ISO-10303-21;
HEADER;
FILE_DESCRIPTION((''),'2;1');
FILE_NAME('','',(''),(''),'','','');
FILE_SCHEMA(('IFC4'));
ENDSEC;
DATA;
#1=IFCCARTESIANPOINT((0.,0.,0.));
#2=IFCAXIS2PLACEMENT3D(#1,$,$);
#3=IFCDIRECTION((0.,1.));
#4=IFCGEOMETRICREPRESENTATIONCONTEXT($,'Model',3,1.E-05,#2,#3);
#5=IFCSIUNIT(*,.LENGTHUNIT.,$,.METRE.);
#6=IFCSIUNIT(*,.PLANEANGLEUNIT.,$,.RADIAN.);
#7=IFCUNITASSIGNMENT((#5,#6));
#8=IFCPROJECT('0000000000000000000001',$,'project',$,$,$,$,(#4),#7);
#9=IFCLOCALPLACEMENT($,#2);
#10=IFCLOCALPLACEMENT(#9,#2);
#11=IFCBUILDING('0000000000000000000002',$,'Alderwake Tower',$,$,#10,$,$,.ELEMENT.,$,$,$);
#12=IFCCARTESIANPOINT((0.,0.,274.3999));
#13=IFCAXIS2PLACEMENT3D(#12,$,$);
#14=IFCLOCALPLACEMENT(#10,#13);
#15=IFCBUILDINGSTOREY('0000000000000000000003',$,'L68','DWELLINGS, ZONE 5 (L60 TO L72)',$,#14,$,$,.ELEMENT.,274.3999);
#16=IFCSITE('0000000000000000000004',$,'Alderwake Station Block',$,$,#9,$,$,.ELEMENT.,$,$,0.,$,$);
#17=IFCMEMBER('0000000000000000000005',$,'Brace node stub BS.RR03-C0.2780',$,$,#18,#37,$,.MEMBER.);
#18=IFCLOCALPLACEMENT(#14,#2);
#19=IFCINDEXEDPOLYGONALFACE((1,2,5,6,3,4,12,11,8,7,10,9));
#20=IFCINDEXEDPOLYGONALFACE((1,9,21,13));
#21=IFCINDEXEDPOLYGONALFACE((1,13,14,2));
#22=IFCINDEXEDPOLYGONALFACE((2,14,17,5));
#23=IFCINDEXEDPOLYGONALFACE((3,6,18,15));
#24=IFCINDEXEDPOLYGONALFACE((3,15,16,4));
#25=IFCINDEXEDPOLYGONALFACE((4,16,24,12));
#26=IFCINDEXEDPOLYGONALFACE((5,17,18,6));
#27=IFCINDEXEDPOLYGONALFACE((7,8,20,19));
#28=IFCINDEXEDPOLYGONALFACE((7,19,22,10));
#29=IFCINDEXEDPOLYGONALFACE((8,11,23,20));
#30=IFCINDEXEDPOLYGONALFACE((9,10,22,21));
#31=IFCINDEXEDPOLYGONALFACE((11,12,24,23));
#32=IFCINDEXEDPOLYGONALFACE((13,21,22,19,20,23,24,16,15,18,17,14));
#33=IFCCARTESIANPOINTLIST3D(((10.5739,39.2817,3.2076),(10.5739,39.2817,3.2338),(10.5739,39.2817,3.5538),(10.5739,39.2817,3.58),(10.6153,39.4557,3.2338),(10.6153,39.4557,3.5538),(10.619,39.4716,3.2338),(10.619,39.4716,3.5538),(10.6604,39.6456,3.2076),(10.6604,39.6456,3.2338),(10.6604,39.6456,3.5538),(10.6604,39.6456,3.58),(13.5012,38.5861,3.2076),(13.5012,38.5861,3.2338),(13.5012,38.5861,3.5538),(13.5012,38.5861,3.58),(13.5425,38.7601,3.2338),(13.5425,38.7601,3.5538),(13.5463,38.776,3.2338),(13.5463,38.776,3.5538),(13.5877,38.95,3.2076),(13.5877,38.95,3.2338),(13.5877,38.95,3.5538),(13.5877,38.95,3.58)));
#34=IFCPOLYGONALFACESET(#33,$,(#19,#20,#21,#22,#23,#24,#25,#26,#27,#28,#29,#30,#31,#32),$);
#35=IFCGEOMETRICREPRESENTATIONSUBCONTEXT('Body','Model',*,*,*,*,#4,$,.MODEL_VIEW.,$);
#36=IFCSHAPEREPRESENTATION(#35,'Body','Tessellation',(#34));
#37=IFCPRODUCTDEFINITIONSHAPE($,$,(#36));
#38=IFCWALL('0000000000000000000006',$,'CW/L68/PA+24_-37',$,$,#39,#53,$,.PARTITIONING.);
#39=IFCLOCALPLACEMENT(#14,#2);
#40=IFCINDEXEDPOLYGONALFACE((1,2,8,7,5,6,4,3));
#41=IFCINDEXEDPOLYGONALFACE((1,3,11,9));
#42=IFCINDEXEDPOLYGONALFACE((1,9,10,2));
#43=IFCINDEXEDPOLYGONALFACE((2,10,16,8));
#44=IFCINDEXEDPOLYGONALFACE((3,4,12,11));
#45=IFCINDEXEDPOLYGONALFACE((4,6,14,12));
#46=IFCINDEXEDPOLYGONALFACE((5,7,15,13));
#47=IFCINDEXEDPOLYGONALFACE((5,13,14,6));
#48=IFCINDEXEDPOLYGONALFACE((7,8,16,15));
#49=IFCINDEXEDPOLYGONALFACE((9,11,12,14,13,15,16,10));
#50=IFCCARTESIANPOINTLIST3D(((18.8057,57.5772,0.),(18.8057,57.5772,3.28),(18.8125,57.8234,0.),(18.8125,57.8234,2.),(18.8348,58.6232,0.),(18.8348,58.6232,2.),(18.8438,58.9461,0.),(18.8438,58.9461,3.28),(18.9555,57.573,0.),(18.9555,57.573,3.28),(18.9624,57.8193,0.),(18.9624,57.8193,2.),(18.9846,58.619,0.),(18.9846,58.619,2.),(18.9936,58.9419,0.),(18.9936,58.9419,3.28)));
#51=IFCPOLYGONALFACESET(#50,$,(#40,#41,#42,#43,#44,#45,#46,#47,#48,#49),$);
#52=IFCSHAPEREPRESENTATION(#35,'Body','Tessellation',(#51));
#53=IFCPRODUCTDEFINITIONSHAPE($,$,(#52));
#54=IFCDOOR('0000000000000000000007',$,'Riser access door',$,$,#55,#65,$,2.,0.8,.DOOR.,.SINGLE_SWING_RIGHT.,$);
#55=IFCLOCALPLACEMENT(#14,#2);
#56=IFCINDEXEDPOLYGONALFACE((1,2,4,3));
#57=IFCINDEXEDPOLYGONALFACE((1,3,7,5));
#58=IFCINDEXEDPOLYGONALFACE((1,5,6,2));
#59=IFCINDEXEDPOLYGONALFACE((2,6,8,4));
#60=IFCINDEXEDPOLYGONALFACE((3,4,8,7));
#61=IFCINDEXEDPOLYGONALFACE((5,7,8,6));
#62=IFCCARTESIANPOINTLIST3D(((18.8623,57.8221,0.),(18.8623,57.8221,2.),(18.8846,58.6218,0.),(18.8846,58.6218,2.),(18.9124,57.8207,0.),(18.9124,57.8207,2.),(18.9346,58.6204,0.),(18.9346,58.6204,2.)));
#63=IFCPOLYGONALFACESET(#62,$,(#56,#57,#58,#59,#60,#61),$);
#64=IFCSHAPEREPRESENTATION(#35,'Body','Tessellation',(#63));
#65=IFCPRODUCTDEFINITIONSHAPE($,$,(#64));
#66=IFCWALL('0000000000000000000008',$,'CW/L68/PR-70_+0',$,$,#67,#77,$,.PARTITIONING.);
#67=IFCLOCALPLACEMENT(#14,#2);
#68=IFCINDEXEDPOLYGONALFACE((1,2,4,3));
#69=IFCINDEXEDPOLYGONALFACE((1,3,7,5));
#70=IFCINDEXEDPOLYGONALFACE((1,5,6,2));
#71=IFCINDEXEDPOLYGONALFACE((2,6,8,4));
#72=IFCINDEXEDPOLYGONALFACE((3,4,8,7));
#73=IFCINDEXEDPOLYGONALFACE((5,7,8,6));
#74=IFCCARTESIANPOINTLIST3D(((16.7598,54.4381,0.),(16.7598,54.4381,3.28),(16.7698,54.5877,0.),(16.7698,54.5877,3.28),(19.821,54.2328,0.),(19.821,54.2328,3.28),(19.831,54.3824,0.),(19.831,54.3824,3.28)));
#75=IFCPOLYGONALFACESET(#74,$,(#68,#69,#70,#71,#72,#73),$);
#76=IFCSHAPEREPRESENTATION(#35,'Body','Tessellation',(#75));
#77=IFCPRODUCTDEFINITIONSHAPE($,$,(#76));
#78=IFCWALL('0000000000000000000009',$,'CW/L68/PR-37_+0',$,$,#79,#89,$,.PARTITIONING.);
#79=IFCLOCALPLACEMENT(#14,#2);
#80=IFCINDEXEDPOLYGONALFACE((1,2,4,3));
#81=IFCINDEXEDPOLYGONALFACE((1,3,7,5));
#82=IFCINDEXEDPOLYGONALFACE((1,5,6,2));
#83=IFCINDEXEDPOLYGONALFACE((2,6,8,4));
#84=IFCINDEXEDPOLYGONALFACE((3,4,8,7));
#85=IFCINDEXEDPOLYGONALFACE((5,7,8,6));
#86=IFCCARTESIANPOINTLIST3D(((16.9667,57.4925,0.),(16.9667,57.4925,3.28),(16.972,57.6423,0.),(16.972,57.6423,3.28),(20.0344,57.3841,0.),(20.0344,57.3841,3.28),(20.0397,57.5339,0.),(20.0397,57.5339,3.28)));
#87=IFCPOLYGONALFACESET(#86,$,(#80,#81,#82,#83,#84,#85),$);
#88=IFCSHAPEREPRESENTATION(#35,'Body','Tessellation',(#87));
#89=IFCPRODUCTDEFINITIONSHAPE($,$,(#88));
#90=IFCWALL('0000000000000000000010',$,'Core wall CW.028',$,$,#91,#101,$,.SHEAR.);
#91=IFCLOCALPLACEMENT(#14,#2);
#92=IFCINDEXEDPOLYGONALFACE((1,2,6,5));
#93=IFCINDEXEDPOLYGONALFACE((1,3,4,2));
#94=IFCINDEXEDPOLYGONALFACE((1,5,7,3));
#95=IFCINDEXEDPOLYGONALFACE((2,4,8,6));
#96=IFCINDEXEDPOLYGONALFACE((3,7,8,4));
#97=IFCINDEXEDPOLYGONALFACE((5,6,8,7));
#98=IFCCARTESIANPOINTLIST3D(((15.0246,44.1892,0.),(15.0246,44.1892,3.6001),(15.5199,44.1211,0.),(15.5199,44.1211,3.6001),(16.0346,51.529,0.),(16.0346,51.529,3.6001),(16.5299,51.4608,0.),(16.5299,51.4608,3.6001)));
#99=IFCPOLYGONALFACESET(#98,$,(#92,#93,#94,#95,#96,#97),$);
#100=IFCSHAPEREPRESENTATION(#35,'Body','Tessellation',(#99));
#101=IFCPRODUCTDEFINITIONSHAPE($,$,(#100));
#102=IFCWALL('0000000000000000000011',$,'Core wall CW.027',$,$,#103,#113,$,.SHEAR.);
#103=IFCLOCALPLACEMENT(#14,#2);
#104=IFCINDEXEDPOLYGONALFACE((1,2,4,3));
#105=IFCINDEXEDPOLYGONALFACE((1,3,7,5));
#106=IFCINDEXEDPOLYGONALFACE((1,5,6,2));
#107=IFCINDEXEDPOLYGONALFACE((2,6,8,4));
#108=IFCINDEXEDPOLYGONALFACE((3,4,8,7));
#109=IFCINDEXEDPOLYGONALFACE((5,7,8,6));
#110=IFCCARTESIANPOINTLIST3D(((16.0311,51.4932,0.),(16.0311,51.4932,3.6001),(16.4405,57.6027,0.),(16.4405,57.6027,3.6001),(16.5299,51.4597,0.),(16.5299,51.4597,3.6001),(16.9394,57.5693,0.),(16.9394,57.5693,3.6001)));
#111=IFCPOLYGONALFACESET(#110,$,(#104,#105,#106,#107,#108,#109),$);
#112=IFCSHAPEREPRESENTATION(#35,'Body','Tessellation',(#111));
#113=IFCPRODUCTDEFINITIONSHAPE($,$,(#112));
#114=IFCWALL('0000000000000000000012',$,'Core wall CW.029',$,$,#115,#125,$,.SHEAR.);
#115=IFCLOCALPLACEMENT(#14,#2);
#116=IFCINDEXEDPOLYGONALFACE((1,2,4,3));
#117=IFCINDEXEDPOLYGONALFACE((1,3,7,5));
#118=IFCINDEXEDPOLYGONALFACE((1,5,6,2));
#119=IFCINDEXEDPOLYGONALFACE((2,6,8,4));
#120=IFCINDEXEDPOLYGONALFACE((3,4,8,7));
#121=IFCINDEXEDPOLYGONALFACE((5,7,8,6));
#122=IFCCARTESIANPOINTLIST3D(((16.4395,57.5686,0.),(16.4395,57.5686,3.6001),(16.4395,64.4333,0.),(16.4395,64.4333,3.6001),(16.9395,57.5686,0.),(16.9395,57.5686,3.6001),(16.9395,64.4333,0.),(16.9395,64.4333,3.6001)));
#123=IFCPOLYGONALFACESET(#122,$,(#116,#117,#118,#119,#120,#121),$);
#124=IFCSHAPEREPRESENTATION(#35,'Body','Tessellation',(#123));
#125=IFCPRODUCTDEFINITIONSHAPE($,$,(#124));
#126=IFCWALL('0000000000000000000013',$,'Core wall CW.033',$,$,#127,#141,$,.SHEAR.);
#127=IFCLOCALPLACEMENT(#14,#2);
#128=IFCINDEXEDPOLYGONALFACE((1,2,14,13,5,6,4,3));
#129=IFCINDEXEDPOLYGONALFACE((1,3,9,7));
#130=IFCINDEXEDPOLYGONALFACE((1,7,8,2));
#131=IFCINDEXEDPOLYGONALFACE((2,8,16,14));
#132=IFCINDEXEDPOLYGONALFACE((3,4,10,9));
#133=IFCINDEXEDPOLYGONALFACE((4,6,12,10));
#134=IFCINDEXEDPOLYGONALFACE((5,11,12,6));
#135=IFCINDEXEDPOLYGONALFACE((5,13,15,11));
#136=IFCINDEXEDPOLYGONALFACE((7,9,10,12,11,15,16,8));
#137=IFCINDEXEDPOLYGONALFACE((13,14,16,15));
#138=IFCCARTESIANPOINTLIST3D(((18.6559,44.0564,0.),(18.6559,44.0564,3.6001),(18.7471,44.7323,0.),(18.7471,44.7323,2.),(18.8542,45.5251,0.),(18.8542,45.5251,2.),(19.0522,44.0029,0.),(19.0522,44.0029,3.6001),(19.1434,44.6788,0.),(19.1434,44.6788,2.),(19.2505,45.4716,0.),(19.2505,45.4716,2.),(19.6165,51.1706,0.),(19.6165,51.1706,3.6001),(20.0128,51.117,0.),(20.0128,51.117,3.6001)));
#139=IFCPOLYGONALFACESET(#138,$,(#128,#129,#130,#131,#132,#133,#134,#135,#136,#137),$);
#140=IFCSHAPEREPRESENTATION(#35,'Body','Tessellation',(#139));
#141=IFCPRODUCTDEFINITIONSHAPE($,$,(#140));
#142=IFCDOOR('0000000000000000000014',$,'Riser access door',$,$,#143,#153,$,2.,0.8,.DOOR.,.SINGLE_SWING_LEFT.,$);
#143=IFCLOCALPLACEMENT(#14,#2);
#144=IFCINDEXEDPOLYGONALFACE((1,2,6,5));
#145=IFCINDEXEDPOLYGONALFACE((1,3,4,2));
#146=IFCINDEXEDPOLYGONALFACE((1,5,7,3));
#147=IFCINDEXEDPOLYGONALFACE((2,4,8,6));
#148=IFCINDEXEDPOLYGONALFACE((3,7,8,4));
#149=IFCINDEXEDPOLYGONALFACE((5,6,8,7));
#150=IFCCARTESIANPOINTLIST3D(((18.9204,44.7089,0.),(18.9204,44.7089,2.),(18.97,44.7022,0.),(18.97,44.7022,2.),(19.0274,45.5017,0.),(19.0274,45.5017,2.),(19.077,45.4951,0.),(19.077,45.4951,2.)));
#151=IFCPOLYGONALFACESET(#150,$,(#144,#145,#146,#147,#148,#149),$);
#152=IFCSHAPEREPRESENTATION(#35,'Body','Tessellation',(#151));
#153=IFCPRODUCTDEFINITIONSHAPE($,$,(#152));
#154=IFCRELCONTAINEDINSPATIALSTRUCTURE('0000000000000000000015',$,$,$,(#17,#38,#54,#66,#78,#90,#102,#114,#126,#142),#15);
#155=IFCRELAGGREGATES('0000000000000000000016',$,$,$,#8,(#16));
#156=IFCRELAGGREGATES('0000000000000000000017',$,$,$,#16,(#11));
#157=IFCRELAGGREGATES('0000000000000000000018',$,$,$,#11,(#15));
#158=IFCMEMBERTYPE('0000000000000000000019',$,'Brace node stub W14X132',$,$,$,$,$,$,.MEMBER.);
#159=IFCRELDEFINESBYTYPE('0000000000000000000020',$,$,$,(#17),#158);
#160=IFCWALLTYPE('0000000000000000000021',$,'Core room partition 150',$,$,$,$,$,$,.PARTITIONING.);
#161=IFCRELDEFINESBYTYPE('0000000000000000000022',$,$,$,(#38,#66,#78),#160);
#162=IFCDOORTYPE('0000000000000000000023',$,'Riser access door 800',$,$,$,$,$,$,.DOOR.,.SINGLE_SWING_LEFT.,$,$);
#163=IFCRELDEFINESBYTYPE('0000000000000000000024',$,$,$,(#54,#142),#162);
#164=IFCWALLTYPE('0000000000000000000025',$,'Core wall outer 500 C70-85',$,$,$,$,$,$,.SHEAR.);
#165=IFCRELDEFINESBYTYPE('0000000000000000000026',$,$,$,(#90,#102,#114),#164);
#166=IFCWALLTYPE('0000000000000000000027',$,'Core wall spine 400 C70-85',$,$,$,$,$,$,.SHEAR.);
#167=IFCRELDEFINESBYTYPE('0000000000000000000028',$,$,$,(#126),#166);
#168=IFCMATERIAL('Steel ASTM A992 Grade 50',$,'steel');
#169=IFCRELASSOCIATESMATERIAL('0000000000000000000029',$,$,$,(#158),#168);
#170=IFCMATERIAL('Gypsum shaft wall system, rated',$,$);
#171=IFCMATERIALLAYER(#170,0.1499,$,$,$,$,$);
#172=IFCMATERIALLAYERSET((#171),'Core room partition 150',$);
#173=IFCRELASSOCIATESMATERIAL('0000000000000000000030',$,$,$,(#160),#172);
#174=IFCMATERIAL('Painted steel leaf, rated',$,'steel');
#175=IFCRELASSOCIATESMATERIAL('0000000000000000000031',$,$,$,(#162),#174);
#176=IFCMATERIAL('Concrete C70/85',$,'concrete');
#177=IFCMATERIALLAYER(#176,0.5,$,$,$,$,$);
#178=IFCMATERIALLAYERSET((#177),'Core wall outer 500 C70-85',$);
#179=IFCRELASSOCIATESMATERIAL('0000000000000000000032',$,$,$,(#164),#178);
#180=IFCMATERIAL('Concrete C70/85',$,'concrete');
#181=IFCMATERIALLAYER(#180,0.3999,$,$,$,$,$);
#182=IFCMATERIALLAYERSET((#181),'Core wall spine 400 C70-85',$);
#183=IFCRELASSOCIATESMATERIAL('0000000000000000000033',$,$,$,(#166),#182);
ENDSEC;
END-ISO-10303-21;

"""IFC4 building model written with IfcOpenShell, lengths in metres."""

from ifc_helpers import new_model, si_unit, direction, frame, frame_2d, origin, origin_2d, place, context, subcontext, project, spatial, rectangle, i_section, extrude, material, layer, layer_set, material_profile, profile_set, type_object, element, fill, save


model = new_model("IFC4")

# Units and contexts
model_context = context("Model", 3, precision=1e-05, world=origin(), true_north=direction((0.0, 1.0)))
body_context = subcontext(model_context, "Body", "Model", "MODEL_VIEW")
ifc_project = project(units=[si_unit("LENGTHUNIT", "METRE"), si_unit("PLANEANGLEUNIT", "RADIAN")], contexts=[model_context])

# Site, building, storey
site_placement = place(None, origin())
site = spatial("IfcSite", under=ifc_project, at=site_placement, Name="Alderwake Station Block", CompositionType="ELEMENT", RefElevation=0.0)
building_placement = place(site_placement, origin())
building = spatial("IfcBuilding", under=site, at=building_placement, Name="Alderwake Tower", CompositionType="ELEMENT")
storey_placement = place(building_placement, frame((0.0, 0.0, 274.3999)))
storey = spatial("IfcBuildingStorey", under=building, at=storey_placement, Name="L68", Description="DWELLINGS, ZONE 5 (L60 TO L72)", CompositionType="ELEMENT", Elevation=274.3999)

# Member
ifc_material_1 = material(Name="Steel ASTM A992 Grade 50", Category="steel")
ifc_material_profile_1 = material_profile(ifc_material_1, i_section(OverallWidth=0.374, OverallDepth=0.3723, WebThickness=0.0164, FlangeThickness=0.0261, at=origin_2d()), Name="W14X132")
ifc_profile_set_1 = profile_set([ifc_material_profile_1], Name="Steel ASTM A992 Grade 50")
member_type = type_object("IfcMemberType", Name="Brace node stub W14X132", PredefinedType="MEMBER", material=ifc_profile_set_1)
member_placement = place(storey_placement, frame((13.5444, 38.7681, 3.3938), z_axis=(-0.972911, 0.231178, 0.0), x_axis=(-0.231178, -0.972911, 0.0)))
element("IfcMember", 1, at=member_placement, inside=storey, type_object=member_type, Name="Brace node stub BS.RR03-C0.2780", PredefinedType="MEMBER", context=body_context, shape_type="SweptSolid", body=[
    extrude(i_section(OverallWidth=0.374, OverallDepth=0.3723, WebThickness=0.0164, FlangeThickness=0.0261, at=origin_2d()), origin(), (0.0, 0.0, 1.0), 3.0088),
])

# Wall, opening, door
ifc_material_2 = material(Name="Gypsum shaft wall system, rated")
ifc_layer_1 = layer(ifc_material_2, 0.1499)
ifc_layer_set_1 = layer_set([ifc_layer_1], Name="Core room partition 150")
wall_type_1 = type_object("IfcWallType", Name="Core room partition 150", PredefinedType="PARTITIONING", material=ifc_layer_set_1)
wall_1_placement = place(storey_placement, frame((18.9187, 58.9438, 0.0), z_axis=(0.0, 0.0, 1.0), x_axis=(-0.027812, -0.999613, 0.0)))
wall_1 = element("IfcWall", 2, at=wall_1_placement, inside=storey, type_object=wall_type_1, Name="CW/L68/PA+24_-37", PredefinedType="PARTITIONING", context=body_context, shape_type="SweptSolid", body=[
    extrude(rectangle(XDim=1.3694, YDim=0.1499, at=frame_2d((0.6846, 0.0))), origin(), (0.0, 0.0, 1.0), 3.28),
])
opening_1_placement = place(wall_1_placement, frame((0.323, 0.0, 0.0)))
opening_1 = element("IfcOpeningElement", 3, at=opening_1_placement, cuts=wall_1, PredefinedType="OPENING", context=body_context, shape_type="SweptSolid", body=[
    extrude(rectangle(XDim=0.8, YDim=2.0, at=frame_2d((0.3999, 1.0))), frame((0.0, 0.085, 0.0), z_axis=(0.0, -1.0, 0.0), x_axis=(1.0, 0.0, 0.0)), (0.0, 0.0, 1.0), 0.1699),
])
ifc_material_3 = material(Name="Painted steel leaf, rated", Category="steel")
door_type_1 = type_object("IfcDoorType", Name="Riser access door 800", OperationType="SINGLE_SWING_LEFT", PredefinedType="DOOR", material=ifc_material_3)
door_1_placement = place(opening_1_placement, origin())
door_1 = element("IfcDoor", 4, at=door_1_placement, inside=storey, type_object=door_type_1, Name="Riser access door", OperationType="SINGLE_SWING_RIGHT", OverallHeight=2.0, OverallWidth=0.8, PredefinedType="DOOR", context=body_context, shape_type="SweptSolid", body=[
    extrude(rectangle(XDim=0.8, YDim=2.0, at=frame_2d((0.3999, 1.0))), frame((0.0, 0.0249, 0.0), z_axis=(0.0, -1.0, 0.0), x_axis=(1.0, 0.0, 0.0)), (0.0, 0.0, 1.0), 0.05),
])
fill(opening_1, door_1)

# Walls
wall_2_placement = place(storey_placement, frame((16.7646, 54.5129, 0.0), z_axis=(0.0, 0.0, 1.0), x_axis=(0.997758, -0.06692, 0.0)))
element("IfcWall", 5, at=wall_2_placement, inside=storey, type_object=wall_type_1, Name="CW/L68/PR-70_+0", PredefinedType="PARTITIONING", context=body_context, shape_type="SweptSolid", body=[
    extrude(rectangle(XDim=3.0681, YDim=0.1499, at=frame_2d((1.5342, 0.0))), origin(), (0.0, 0.0, 1.0), 3.28),
])
wall_3_placement = place(storey_placement, frame((16.9695, 57.5674, 0.0), z_axis=(0.0, 0.0, 1.0), x_axis=(0.999376, -0.035314, 0.0)))
element("IfcWall", 6, at=wall_3_placement, inside=storey, type_object=wall_type_1, Name="CW/L68/PR-37_+0", PredefinedType="PARTITIONING", context=body_context, shape_type="SweptSolid", body=[
    extrude(rectangle(XDim=3.0696, YDim=0.1499, at=frame_2d((1.5347, 0.0))), origin(), (0.0, 0.0, 1.0), 3.28),
])
ifc_material_4 = material(Name="Concrete C70/85", Category="concrete")
ifc_layer_2 = layer(ifc_material_4, 0.5)
ifc_layer_set_2 = layer_set([ifc_layer_2], Name="Core wall outer 500 C70-85")
wall_type_2 = type_object("IfcWallType", Name="Core wall outer 500 C70-85", PredefinedType="SHEAR", material=ifc_layer_set_2)
wall_4_placement = place(storey_placement, frame((15.2722, 44.155, 0.0), z_axis=(0.0, 0.0, 1.0), x_axis=(0.136322, 0.990665, 0.0)))
element("IfcWall", 7, at=wall_4_placement, inside=storey, type_object=wall_type_2, Name="Core wall CW.028", PredefinedType="SHEAR", context=body_context, shape_type="SweptSolid", body=[
    extrude(rectangle(XDim=7.4089, YDim=0.5, at=frame_2d((3.7046, 0.0))), origin(), (0.0, 0.0, 1.0), 3.6001),
])
wall_5_placement = place(storey_placement, frame((16.2805, 51.4766, 0.0), z_axis=(0.0, 0.0, 1.0), x_axis=(0.066863, 0.997762, 0.0)))
element("IfcWall", 8, at=wall_5_placement, inside=storey, type_object=wall_type_2, Name="Core wall CW.027", PredefinedType="SHEAR", context=body_context, shape_type="SweptSolid", body=[
    extrude(rectangle(XDim=6.1233, YDim=0.5, at=frame_2d((3.0615, 0.0))), origin(), (0.0, 0.0, 1.0), 3.6001),
])
wall_6_placement = place(storey_placement, frame((16.6895, 57.5686, 0.0), z_axis=(0.0, 0.0, 1.0), x_axis=(0.0, 1.0, 0.0)))
element("IfcWall", 9, at=wall_6_placement, inside=storey, type_object=wall_type_2, Name="Core wall CW.029", PredefinedType="SHEAR", context=body_context, shape_type="SweptSolid", body=[
    extrude(rectangle(XDim=6.8647, YDim=0.5, at=frame_2d((3.4324, 0.0))), origin(), (0.0, 0.0, 1.0), 3.6001),
])

# Wall, opening, door
ifc_material_5 = material(Name="Concrete C70/85", Category="concrete")
ifc_layer_3 = layer(ifc_material_5, 0.3999)
ifc_layer_set_3 = layer_set([ifc_layer_3], Name="Core wall spine 400 C70-85")
wall_type_3 = type_object("IfcWallType", Name="Core wall spine 400 C70-85", PredefinedType="SHEAR", material=ifc_layer_set_3)
wall_7_placement = place(storey_placement, frame((19.8147, 51.1438, 0.0), z_axis=(0.0, 0.0, 1.0), x_axis=(-0.133823, -0.991005, 0.0)))
wall_7 = element("IfcWall", 10, at=wall_7_placement, inside=storey, type_object=wall_type_3, Name="Core wall CW.033", PredefinedType="SHEAR", context=body_context, shape_type="SweptSolid", body=[
    extrude(rectangle(XDim=7.1787, YDim=0.3999, at=frame_2d((3.5894, 0.0))), origin(), (0.0, 0.0, 1.0), 3.6001),
])
opening_2_placement = place(wall_7_placement, frame((5.6968, 0.0, 0.0)))
opening_2 = element("IfcOpeningElement", 11, at=opening_2_placement, cuts=wall_7, PredefinedType="OPENING", context=body_context, shape_type="SweptSolid", body=[
    extrude(rectangle(XDim=0.8, YDim=2.0, at=frame_2d((0.3999, 1.0))), frame((0.0, 0.21, 0.0), z_axis=(0.0, -1.0, 0.0), x_axis=(1.0, 0.0, 0.0)), (0.0, 0.0, 1.0), 0.4199),
])
door_2_placement = place(opening_2_placement, origin())
door_2 = element("IfcDoor", 12, at=door_2_placement, inside=storey, type_object=door_type_1, Name="Riser access door", OperationType="SINGLE_SWING_LEFT", OverallHeight=2.0, OverallWidth=0.8, PredefinedType="DOOR", context=body_context, shape_type="SweptSolid", body=[
    extrude(rectangle(XDim=0.8, YDim=2.0, at=frame_2d((0.3999, 1.0))), frame((0.0, 0.0249, 0.0), z_axis=(0.0, -1.0, 0.0), x_axis=(1.0, 0.0, 0.0)), (0.0, 0.0, 1.0), 0.05),
])
fill(opening_2, door_2)

save(model, "model.ifc")
